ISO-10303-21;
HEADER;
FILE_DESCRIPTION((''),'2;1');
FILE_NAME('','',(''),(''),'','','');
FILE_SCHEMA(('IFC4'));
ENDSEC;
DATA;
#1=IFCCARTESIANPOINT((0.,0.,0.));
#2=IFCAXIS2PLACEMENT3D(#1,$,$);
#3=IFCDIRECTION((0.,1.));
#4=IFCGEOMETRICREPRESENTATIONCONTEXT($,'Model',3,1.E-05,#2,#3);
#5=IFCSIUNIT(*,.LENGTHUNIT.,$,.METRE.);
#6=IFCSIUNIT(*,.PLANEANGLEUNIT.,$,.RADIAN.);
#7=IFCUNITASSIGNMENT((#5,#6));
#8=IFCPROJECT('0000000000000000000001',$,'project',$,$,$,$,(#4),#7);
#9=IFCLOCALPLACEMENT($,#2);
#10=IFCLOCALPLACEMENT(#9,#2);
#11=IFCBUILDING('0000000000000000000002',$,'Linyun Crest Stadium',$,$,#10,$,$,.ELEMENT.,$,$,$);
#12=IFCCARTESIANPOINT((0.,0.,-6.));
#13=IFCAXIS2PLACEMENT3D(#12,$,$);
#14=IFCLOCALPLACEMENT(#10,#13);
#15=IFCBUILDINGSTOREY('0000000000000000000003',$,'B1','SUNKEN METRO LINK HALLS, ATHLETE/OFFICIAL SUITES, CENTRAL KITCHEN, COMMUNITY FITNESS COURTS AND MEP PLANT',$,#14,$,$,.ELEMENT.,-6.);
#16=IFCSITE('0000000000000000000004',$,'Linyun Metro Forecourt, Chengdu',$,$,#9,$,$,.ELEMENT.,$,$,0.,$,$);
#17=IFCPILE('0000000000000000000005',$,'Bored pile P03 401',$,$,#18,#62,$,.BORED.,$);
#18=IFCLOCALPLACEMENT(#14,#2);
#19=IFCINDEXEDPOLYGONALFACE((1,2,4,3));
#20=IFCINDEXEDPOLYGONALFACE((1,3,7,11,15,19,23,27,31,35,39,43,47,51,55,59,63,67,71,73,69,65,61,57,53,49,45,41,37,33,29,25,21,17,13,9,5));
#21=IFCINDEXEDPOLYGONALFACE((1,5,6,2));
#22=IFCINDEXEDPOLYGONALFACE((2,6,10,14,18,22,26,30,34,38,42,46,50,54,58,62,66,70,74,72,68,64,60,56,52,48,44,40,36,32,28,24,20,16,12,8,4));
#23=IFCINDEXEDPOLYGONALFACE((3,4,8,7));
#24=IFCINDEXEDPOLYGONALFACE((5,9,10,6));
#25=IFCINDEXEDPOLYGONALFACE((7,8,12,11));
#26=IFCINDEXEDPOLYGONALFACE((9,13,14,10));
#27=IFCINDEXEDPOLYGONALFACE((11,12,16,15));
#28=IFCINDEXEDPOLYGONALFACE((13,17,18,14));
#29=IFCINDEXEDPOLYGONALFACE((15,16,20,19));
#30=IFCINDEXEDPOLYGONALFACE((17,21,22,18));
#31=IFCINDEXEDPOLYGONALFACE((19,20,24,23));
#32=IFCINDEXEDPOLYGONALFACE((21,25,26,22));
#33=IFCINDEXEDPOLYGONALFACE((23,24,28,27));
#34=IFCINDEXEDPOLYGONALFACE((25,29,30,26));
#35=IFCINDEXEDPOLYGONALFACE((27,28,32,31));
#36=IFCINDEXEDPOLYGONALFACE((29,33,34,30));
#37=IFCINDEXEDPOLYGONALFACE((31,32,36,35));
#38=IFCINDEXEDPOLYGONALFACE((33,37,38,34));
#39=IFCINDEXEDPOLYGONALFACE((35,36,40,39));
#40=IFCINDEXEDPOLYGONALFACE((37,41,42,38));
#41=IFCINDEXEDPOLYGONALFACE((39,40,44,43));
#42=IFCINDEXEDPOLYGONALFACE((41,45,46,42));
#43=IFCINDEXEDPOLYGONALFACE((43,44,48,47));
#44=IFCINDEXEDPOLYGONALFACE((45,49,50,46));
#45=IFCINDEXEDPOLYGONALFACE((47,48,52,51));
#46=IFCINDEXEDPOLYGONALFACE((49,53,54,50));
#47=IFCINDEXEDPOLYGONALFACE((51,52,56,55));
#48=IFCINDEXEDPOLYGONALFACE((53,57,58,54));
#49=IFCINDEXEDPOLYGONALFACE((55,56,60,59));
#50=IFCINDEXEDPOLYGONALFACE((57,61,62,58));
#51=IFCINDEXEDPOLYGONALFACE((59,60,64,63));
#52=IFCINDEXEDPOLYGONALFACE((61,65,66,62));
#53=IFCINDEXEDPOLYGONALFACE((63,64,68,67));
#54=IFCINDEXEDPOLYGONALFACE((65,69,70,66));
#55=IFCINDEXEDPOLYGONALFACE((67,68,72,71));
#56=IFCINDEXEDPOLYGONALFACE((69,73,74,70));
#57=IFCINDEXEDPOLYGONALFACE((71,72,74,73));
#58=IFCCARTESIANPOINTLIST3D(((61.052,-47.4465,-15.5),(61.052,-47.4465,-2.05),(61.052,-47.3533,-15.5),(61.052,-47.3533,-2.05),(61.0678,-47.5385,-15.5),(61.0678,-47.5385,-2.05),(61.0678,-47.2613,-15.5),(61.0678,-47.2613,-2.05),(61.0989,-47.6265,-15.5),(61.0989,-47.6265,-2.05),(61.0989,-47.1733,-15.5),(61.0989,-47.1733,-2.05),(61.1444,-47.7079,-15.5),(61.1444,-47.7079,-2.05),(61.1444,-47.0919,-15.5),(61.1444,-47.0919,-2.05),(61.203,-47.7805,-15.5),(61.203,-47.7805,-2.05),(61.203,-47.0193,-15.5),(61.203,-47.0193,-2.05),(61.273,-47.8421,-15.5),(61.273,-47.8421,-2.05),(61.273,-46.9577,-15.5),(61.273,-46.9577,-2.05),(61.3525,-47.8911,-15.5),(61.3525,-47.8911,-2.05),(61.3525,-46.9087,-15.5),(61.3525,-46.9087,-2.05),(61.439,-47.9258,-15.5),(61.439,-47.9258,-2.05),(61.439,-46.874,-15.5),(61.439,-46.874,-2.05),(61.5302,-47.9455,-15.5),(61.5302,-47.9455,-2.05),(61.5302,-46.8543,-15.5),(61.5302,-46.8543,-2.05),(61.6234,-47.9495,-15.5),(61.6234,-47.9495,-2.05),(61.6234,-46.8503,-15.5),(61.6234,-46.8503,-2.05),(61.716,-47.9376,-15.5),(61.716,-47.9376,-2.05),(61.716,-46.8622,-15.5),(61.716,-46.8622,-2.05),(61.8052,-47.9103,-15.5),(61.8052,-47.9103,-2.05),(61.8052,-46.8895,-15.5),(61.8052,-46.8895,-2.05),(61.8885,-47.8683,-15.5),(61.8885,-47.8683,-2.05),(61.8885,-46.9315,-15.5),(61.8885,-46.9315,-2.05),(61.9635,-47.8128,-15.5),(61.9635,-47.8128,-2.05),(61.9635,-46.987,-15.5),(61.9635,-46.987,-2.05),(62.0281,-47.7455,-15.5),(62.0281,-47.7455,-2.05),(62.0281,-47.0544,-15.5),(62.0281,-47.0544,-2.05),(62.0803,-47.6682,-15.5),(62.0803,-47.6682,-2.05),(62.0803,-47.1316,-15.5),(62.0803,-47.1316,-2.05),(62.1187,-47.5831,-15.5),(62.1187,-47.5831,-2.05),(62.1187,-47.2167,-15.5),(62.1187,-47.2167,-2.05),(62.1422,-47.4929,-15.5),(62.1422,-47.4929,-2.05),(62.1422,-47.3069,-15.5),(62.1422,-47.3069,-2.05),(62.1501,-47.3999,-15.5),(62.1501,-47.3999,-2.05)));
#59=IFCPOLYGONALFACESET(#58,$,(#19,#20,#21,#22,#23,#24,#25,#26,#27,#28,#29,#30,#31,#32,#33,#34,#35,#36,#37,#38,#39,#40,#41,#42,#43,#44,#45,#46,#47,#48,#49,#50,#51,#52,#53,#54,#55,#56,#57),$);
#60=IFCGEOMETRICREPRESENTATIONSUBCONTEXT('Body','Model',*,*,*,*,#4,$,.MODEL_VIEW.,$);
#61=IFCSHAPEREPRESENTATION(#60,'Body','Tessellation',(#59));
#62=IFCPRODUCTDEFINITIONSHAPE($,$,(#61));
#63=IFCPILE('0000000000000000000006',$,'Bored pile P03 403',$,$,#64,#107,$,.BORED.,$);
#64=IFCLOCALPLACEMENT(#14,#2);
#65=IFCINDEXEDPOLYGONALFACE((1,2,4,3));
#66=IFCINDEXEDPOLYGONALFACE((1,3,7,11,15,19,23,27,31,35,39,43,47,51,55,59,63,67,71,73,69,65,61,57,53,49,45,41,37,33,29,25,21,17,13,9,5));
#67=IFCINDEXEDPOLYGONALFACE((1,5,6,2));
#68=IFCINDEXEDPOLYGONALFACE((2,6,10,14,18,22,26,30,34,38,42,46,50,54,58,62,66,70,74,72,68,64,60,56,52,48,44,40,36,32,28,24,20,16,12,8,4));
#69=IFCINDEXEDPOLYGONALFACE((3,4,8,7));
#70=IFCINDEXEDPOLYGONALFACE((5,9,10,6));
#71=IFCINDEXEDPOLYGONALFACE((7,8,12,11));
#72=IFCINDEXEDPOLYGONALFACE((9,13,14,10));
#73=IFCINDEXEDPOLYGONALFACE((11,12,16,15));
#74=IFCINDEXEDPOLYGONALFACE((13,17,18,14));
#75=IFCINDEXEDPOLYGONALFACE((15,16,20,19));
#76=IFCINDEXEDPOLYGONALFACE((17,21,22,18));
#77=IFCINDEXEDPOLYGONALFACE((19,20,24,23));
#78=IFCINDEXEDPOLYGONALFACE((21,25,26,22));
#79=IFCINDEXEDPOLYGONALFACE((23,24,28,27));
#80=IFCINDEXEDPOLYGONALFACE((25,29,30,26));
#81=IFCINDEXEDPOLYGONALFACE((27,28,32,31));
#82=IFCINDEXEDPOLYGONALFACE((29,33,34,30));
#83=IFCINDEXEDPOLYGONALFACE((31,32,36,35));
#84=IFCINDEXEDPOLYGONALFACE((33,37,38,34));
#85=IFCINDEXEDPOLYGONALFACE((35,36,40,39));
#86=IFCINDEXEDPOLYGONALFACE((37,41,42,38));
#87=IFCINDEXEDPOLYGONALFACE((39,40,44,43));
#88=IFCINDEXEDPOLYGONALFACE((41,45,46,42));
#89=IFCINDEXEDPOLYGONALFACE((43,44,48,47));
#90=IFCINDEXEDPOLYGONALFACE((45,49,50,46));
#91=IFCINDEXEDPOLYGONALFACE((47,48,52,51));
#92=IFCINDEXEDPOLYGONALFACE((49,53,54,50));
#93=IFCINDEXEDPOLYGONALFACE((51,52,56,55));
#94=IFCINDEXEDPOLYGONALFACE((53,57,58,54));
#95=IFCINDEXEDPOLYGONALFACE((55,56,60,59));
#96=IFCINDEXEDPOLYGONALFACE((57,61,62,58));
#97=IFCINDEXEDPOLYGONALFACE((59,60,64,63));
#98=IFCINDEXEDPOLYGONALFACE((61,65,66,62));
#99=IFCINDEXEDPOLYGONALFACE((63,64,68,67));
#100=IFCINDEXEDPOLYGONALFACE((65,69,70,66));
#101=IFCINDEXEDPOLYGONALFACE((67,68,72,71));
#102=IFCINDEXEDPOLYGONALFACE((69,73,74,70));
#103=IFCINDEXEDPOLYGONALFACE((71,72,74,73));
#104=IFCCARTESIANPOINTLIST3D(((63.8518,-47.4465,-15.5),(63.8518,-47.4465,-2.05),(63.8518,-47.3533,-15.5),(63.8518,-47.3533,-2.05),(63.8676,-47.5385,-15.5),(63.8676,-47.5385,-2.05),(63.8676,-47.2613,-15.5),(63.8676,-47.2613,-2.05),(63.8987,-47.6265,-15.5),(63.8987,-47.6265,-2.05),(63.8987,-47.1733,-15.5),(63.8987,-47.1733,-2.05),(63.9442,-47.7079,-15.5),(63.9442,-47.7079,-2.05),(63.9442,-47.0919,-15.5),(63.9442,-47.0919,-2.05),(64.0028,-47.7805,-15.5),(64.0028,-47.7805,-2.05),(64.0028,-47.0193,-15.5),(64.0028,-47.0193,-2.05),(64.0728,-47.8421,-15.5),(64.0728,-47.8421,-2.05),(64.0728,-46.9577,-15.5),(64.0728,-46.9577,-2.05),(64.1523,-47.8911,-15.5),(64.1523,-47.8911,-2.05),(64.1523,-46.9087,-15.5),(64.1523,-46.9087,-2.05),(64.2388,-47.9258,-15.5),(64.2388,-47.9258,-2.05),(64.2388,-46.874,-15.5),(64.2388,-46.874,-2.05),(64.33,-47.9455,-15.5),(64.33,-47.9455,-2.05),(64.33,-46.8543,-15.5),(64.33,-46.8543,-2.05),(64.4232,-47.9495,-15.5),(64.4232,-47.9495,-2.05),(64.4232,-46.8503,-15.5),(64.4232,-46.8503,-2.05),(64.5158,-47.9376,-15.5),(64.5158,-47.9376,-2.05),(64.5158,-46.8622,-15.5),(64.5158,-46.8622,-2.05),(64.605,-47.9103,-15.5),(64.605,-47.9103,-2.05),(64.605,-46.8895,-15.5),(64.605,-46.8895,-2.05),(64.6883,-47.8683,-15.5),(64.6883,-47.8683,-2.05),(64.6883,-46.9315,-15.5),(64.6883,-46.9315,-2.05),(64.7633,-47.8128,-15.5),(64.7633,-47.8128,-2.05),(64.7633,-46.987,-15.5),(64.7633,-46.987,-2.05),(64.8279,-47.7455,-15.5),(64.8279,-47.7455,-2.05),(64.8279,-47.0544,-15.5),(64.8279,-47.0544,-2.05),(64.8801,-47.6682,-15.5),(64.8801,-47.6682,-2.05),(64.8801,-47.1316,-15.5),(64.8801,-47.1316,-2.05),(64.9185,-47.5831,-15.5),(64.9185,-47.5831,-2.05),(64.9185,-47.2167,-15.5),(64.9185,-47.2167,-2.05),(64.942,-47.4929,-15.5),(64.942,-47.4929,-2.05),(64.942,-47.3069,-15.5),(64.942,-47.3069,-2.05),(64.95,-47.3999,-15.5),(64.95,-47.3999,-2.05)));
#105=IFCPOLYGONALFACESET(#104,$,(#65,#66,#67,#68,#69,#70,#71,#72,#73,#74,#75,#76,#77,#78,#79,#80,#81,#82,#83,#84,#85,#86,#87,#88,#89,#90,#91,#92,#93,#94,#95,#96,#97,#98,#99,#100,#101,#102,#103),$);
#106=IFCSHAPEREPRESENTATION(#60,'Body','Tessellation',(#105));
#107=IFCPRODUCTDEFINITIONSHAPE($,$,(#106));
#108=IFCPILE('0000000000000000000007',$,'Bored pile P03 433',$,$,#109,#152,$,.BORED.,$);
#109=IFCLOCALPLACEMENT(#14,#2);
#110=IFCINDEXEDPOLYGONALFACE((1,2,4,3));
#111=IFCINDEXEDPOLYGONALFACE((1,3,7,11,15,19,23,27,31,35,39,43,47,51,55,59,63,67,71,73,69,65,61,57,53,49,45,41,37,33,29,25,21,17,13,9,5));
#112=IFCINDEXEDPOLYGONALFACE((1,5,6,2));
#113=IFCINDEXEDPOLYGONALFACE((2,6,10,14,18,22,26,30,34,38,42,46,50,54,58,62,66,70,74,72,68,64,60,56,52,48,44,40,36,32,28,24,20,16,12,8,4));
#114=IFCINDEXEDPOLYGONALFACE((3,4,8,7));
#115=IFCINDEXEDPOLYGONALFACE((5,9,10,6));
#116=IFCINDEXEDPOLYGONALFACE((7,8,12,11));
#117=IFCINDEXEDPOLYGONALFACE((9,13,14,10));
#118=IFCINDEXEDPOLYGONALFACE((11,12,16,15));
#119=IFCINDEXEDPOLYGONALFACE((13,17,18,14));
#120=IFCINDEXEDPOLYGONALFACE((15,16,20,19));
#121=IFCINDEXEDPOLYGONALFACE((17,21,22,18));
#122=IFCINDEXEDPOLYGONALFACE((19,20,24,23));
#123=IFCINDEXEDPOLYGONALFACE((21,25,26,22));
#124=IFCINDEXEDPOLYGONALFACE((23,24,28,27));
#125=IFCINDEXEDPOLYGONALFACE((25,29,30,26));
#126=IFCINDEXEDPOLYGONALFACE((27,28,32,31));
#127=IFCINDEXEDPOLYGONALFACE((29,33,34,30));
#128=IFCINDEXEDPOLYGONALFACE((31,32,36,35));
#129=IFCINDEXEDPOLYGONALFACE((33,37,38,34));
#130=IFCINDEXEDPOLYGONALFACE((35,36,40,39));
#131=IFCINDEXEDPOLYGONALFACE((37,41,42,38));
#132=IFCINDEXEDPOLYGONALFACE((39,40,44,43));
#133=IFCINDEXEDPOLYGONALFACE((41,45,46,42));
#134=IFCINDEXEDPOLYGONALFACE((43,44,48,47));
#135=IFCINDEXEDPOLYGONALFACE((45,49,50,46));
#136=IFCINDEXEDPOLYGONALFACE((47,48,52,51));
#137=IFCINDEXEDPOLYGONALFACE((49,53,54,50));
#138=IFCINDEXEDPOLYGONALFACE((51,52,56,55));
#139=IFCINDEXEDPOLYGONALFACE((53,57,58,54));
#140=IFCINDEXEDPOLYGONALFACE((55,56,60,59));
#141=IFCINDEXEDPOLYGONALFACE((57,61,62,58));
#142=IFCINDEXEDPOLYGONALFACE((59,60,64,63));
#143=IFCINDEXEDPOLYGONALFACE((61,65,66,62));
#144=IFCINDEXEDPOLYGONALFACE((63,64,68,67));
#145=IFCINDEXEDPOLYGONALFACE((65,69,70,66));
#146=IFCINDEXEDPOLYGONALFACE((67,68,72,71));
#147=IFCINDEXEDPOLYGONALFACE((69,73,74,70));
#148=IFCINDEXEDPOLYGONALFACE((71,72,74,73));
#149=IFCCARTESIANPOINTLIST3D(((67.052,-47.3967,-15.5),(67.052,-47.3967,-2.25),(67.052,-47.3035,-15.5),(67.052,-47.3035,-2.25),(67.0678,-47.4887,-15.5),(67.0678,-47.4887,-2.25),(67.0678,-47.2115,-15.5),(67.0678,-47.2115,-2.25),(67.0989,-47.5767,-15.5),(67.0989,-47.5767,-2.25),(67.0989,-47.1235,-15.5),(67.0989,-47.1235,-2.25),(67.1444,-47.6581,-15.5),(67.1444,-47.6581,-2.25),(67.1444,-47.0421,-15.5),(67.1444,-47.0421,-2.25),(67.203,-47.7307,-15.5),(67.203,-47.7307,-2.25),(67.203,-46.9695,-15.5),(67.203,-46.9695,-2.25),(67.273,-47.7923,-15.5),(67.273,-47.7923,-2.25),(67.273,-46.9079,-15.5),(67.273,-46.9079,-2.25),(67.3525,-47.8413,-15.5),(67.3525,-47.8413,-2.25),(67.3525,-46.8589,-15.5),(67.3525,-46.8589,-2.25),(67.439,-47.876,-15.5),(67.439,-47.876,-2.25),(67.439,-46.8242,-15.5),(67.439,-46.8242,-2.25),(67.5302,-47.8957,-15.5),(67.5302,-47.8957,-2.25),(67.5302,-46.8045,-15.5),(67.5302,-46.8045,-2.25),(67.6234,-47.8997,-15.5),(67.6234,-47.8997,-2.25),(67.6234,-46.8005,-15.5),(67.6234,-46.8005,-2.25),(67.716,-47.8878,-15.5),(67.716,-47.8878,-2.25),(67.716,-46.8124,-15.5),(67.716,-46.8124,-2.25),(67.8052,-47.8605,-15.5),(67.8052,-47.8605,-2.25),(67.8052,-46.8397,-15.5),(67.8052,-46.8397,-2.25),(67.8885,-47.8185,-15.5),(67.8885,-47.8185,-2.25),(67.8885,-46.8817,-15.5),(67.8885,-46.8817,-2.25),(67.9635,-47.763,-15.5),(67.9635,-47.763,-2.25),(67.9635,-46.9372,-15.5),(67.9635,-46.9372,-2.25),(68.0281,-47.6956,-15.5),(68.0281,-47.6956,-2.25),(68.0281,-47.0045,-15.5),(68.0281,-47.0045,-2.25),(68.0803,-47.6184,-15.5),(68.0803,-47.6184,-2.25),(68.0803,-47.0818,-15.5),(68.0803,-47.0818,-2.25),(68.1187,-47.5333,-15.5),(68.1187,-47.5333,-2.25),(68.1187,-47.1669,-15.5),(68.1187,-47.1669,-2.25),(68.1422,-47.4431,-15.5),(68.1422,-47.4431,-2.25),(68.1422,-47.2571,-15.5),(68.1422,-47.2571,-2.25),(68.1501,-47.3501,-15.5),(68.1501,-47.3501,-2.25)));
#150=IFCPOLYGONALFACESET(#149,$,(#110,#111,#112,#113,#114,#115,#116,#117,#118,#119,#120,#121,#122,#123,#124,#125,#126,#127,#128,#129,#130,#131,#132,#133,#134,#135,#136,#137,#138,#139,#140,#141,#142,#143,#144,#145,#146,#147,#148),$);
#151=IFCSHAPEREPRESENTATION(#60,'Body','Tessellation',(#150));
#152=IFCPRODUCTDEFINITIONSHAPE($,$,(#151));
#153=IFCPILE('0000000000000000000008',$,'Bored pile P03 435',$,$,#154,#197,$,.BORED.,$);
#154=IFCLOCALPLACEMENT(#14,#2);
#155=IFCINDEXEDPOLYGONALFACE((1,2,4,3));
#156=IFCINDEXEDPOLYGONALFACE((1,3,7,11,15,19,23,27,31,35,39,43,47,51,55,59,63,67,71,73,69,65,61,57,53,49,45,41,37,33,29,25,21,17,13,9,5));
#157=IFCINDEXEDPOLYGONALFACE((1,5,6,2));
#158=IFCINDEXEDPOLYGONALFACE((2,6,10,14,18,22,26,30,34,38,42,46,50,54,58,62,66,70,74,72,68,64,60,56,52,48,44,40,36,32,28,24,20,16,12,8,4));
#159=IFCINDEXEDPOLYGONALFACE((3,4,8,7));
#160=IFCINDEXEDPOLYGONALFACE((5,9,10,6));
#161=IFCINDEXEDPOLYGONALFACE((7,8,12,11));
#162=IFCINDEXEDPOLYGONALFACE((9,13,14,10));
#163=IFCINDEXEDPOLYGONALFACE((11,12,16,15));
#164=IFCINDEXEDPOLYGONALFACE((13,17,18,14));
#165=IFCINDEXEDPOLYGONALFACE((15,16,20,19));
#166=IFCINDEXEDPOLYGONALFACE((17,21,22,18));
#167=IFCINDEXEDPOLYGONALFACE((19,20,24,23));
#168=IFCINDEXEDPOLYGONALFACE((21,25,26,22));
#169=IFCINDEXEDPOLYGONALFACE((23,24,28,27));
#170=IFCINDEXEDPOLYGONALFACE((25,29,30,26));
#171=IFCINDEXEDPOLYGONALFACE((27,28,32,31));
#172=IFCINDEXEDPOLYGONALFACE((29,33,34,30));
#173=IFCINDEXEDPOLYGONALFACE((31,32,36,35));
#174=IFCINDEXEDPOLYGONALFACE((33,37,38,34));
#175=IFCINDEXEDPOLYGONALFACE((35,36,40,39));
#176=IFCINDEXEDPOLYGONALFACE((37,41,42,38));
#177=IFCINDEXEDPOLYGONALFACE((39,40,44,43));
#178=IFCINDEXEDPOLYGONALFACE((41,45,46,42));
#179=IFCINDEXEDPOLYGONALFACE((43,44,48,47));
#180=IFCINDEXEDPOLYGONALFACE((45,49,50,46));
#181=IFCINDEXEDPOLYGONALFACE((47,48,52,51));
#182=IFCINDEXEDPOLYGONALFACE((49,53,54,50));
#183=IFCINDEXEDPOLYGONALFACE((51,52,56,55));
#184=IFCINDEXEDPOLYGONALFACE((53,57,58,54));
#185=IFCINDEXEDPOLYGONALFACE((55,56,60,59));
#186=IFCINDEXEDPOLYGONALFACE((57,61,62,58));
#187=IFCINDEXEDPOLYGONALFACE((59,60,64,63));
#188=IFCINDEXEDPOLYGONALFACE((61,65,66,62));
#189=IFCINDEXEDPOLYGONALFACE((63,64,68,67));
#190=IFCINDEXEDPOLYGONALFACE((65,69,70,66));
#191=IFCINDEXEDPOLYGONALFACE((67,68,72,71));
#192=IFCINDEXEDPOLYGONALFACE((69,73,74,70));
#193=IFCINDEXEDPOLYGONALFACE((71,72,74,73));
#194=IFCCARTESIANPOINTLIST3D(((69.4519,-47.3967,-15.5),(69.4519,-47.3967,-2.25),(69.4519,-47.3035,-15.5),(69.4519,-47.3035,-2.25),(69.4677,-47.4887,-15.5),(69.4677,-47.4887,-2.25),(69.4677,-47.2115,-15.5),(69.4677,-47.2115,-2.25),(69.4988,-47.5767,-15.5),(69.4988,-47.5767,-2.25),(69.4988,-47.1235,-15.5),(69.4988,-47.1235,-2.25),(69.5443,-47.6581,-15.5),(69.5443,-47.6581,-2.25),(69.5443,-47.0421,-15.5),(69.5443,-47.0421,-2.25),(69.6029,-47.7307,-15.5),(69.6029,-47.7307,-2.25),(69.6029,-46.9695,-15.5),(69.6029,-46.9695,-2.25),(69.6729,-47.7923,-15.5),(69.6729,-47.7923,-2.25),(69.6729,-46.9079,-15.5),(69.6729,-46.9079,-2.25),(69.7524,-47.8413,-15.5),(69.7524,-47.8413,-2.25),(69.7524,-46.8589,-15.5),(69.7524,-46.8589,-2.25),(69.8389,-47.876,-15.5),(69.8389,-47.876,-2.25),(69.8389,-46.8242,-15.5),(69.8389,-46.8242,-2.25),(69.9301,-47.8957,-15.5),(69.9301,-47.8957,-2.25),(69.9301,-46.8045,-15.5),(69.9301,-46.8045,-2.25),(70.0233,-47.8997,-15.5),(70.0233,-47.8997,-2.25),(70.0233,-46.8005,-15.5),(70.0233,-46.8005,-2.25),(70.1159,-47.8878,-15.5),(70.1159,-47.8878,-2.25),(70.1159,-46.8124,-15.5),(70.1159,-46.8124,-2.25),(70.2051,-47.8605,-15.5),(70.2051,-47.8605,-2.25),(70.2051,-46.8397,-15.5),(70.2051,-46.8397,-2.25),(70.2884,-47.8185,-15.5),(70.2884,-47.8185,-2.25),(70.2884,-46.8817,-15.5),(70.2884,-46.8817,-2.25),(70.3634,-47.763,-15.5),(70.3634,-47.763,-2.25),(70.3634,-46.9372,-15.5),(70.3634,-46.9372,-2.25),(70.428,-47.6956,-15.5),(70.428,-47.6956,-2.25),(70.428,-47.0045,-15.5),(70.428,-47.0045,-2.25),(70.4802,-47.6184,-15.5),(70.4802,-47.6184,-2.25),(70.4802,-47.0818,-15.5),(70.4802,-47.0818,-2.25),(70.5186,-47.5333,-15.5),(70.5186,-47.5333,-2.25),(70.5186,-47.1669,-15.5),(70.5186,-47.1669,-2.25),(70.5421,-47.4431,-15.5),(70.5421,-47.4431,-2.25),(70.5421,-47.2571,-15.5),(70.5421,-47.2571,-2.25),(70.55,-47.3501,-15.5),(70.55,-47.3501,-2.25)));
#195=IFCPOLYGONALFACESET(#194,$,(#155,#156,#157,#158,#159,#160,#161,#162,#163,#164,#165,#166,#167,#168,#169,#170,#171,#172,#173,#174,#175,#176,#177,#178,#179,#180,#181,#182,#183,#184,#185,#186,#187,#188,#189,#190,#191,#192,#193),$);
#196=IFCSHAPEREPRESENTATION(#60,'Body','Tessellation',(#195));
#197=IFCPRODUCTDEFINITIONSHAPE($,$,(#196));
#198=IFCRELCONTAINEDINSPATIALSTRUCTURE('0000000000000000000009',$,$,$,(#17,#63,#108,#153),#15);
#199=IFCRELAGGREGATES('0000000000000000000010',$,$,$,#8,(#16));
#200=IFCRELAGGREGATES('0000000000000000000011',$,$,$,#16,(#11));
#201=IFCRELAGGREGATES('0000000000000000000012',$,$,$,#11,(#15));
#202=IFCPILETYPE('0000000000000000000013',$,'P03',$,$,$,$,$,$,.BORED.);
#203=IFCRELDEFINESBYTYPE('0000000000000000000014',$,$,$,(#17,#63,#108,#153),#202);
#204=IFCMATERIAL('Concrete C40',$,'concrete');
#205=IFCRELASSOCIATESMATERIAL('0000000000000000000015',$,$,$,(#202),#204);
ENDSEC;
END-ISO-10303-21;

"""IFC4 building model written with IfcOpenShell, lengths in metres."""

from ifc_helpers import new_model, si_unit, direction, frame, origin, origin_2d, place, context, subcontext, project, spatial, circle, extrude, material, material_profile, profile_set, type_object, element, save


model = new_model("IFC4")

# Units and contexts
model_context = context("Model", 3, precision=1e-05, world=origin(), true_north=direction((0.0, 1.0)))
body_context = subcontext(model_context, "Body", "Model", "MODEL_VIEW")
ifc_project = project(units=[si_unit("LENGTHUNIT", "METRE"), si_unit("PLANEANGLEUNIT", "RADIAN")], contexts=[model_context])

# Site, building, storey
site_placement = place(None, origin())
site = spatial("IfcSite", under=ifc_project, at=site_placement, Name="Linyun Metro Forecourt, Chengdu", CompositionType="ELEMENT", RefElevation=0.0)
building_placement = place(site_placement, origin())
building = spatial("IfcBuilding", under=site, at=building_placement, Name="Linyun Crest Stadium", CompositionType="ELEMENT")
storey_placement = place(building_placement, frame((0.0, 0.0, -6.0)))
storey = spatial("IfcBuildingStorey", under=building, at=storey_placement, Name="B1", Description="SUNKEN METRO LINK HALLS, ATHLETE/OFFICIAL SUITES, CENTRAL KITCHEN, COMMUNITY FITNESS COURTS AND MEP PLANT", CompositionType="ELEMENT", Elevation=-6.0)

# Piles
ifc_material_1 = material(Name="Concrete C40", Category="concrete")
ifc_material_profile_1 = material_profile(ifc_material_1, circle(Radius=0.55, at=origin_2d()), Name="BORED PILE 1100")
ifc_profile_set_1 = profile_set([ifc_material_profile_1], Name="Concrete C40")
pile_type = type_object("IfcPileType", Name="P03", PredefinedType="BORED", material=ifc_profile_set_1)
for number, where, z_axis, x_axis, name in (
    (1, (61.6001, -47.3999, -2.05), (0.0, 0.0, -1.0), (1.0, 0.0, 0.0), "Bored pile P03 401"),
    (2, (64.3999, -47.3999, -2.05), (0.0, 0.0, -1.0), (1.0, 0.0, 0.0), "Bored pile P03 403"),
):
    element("IfcPile", number, at=place(storey_placement, frame(where, z_axis=z_axis, x_axis=x_axis)), inside=storey, type_object=pile_type, Name=name, PredefinedType="BORED", context=body_context, shape_type="SweptSolid", body=[
        extrude(circle(Radius=0.55, at=origin_2d()), origin(), (0.0, 0.0, 1.0), 13.45),
    ])
for number, where, z_axis, x_axis, name in (
    (3, (67.6001, -47.3501, -2.25), (0.0, 0.0, -1.0), (1.0, 0.0, 0.0), "Bored pile P03 433"),
    (4, (70.0, -47.3501, -2.25), (0.0, 0.0, -1.0), (1.0, 0.0, 0.0), "Bored pile P03 435"),
):
    element("IfcPile", number, at=place(storey_placement, frame(where, z_axis=z_axis, x_axis=x_axis)), inside=storey, type_object=pile_type, Name=name, PredefinedType="BORED", context=body_context, shape_type="SweptSolid", body=[
        extrude(circle(Radius=0.55, at=origin_2d()), origin(), (0.0, 0.0, 1.0), 13.25),
    ])

save(model, "model.ifc")
